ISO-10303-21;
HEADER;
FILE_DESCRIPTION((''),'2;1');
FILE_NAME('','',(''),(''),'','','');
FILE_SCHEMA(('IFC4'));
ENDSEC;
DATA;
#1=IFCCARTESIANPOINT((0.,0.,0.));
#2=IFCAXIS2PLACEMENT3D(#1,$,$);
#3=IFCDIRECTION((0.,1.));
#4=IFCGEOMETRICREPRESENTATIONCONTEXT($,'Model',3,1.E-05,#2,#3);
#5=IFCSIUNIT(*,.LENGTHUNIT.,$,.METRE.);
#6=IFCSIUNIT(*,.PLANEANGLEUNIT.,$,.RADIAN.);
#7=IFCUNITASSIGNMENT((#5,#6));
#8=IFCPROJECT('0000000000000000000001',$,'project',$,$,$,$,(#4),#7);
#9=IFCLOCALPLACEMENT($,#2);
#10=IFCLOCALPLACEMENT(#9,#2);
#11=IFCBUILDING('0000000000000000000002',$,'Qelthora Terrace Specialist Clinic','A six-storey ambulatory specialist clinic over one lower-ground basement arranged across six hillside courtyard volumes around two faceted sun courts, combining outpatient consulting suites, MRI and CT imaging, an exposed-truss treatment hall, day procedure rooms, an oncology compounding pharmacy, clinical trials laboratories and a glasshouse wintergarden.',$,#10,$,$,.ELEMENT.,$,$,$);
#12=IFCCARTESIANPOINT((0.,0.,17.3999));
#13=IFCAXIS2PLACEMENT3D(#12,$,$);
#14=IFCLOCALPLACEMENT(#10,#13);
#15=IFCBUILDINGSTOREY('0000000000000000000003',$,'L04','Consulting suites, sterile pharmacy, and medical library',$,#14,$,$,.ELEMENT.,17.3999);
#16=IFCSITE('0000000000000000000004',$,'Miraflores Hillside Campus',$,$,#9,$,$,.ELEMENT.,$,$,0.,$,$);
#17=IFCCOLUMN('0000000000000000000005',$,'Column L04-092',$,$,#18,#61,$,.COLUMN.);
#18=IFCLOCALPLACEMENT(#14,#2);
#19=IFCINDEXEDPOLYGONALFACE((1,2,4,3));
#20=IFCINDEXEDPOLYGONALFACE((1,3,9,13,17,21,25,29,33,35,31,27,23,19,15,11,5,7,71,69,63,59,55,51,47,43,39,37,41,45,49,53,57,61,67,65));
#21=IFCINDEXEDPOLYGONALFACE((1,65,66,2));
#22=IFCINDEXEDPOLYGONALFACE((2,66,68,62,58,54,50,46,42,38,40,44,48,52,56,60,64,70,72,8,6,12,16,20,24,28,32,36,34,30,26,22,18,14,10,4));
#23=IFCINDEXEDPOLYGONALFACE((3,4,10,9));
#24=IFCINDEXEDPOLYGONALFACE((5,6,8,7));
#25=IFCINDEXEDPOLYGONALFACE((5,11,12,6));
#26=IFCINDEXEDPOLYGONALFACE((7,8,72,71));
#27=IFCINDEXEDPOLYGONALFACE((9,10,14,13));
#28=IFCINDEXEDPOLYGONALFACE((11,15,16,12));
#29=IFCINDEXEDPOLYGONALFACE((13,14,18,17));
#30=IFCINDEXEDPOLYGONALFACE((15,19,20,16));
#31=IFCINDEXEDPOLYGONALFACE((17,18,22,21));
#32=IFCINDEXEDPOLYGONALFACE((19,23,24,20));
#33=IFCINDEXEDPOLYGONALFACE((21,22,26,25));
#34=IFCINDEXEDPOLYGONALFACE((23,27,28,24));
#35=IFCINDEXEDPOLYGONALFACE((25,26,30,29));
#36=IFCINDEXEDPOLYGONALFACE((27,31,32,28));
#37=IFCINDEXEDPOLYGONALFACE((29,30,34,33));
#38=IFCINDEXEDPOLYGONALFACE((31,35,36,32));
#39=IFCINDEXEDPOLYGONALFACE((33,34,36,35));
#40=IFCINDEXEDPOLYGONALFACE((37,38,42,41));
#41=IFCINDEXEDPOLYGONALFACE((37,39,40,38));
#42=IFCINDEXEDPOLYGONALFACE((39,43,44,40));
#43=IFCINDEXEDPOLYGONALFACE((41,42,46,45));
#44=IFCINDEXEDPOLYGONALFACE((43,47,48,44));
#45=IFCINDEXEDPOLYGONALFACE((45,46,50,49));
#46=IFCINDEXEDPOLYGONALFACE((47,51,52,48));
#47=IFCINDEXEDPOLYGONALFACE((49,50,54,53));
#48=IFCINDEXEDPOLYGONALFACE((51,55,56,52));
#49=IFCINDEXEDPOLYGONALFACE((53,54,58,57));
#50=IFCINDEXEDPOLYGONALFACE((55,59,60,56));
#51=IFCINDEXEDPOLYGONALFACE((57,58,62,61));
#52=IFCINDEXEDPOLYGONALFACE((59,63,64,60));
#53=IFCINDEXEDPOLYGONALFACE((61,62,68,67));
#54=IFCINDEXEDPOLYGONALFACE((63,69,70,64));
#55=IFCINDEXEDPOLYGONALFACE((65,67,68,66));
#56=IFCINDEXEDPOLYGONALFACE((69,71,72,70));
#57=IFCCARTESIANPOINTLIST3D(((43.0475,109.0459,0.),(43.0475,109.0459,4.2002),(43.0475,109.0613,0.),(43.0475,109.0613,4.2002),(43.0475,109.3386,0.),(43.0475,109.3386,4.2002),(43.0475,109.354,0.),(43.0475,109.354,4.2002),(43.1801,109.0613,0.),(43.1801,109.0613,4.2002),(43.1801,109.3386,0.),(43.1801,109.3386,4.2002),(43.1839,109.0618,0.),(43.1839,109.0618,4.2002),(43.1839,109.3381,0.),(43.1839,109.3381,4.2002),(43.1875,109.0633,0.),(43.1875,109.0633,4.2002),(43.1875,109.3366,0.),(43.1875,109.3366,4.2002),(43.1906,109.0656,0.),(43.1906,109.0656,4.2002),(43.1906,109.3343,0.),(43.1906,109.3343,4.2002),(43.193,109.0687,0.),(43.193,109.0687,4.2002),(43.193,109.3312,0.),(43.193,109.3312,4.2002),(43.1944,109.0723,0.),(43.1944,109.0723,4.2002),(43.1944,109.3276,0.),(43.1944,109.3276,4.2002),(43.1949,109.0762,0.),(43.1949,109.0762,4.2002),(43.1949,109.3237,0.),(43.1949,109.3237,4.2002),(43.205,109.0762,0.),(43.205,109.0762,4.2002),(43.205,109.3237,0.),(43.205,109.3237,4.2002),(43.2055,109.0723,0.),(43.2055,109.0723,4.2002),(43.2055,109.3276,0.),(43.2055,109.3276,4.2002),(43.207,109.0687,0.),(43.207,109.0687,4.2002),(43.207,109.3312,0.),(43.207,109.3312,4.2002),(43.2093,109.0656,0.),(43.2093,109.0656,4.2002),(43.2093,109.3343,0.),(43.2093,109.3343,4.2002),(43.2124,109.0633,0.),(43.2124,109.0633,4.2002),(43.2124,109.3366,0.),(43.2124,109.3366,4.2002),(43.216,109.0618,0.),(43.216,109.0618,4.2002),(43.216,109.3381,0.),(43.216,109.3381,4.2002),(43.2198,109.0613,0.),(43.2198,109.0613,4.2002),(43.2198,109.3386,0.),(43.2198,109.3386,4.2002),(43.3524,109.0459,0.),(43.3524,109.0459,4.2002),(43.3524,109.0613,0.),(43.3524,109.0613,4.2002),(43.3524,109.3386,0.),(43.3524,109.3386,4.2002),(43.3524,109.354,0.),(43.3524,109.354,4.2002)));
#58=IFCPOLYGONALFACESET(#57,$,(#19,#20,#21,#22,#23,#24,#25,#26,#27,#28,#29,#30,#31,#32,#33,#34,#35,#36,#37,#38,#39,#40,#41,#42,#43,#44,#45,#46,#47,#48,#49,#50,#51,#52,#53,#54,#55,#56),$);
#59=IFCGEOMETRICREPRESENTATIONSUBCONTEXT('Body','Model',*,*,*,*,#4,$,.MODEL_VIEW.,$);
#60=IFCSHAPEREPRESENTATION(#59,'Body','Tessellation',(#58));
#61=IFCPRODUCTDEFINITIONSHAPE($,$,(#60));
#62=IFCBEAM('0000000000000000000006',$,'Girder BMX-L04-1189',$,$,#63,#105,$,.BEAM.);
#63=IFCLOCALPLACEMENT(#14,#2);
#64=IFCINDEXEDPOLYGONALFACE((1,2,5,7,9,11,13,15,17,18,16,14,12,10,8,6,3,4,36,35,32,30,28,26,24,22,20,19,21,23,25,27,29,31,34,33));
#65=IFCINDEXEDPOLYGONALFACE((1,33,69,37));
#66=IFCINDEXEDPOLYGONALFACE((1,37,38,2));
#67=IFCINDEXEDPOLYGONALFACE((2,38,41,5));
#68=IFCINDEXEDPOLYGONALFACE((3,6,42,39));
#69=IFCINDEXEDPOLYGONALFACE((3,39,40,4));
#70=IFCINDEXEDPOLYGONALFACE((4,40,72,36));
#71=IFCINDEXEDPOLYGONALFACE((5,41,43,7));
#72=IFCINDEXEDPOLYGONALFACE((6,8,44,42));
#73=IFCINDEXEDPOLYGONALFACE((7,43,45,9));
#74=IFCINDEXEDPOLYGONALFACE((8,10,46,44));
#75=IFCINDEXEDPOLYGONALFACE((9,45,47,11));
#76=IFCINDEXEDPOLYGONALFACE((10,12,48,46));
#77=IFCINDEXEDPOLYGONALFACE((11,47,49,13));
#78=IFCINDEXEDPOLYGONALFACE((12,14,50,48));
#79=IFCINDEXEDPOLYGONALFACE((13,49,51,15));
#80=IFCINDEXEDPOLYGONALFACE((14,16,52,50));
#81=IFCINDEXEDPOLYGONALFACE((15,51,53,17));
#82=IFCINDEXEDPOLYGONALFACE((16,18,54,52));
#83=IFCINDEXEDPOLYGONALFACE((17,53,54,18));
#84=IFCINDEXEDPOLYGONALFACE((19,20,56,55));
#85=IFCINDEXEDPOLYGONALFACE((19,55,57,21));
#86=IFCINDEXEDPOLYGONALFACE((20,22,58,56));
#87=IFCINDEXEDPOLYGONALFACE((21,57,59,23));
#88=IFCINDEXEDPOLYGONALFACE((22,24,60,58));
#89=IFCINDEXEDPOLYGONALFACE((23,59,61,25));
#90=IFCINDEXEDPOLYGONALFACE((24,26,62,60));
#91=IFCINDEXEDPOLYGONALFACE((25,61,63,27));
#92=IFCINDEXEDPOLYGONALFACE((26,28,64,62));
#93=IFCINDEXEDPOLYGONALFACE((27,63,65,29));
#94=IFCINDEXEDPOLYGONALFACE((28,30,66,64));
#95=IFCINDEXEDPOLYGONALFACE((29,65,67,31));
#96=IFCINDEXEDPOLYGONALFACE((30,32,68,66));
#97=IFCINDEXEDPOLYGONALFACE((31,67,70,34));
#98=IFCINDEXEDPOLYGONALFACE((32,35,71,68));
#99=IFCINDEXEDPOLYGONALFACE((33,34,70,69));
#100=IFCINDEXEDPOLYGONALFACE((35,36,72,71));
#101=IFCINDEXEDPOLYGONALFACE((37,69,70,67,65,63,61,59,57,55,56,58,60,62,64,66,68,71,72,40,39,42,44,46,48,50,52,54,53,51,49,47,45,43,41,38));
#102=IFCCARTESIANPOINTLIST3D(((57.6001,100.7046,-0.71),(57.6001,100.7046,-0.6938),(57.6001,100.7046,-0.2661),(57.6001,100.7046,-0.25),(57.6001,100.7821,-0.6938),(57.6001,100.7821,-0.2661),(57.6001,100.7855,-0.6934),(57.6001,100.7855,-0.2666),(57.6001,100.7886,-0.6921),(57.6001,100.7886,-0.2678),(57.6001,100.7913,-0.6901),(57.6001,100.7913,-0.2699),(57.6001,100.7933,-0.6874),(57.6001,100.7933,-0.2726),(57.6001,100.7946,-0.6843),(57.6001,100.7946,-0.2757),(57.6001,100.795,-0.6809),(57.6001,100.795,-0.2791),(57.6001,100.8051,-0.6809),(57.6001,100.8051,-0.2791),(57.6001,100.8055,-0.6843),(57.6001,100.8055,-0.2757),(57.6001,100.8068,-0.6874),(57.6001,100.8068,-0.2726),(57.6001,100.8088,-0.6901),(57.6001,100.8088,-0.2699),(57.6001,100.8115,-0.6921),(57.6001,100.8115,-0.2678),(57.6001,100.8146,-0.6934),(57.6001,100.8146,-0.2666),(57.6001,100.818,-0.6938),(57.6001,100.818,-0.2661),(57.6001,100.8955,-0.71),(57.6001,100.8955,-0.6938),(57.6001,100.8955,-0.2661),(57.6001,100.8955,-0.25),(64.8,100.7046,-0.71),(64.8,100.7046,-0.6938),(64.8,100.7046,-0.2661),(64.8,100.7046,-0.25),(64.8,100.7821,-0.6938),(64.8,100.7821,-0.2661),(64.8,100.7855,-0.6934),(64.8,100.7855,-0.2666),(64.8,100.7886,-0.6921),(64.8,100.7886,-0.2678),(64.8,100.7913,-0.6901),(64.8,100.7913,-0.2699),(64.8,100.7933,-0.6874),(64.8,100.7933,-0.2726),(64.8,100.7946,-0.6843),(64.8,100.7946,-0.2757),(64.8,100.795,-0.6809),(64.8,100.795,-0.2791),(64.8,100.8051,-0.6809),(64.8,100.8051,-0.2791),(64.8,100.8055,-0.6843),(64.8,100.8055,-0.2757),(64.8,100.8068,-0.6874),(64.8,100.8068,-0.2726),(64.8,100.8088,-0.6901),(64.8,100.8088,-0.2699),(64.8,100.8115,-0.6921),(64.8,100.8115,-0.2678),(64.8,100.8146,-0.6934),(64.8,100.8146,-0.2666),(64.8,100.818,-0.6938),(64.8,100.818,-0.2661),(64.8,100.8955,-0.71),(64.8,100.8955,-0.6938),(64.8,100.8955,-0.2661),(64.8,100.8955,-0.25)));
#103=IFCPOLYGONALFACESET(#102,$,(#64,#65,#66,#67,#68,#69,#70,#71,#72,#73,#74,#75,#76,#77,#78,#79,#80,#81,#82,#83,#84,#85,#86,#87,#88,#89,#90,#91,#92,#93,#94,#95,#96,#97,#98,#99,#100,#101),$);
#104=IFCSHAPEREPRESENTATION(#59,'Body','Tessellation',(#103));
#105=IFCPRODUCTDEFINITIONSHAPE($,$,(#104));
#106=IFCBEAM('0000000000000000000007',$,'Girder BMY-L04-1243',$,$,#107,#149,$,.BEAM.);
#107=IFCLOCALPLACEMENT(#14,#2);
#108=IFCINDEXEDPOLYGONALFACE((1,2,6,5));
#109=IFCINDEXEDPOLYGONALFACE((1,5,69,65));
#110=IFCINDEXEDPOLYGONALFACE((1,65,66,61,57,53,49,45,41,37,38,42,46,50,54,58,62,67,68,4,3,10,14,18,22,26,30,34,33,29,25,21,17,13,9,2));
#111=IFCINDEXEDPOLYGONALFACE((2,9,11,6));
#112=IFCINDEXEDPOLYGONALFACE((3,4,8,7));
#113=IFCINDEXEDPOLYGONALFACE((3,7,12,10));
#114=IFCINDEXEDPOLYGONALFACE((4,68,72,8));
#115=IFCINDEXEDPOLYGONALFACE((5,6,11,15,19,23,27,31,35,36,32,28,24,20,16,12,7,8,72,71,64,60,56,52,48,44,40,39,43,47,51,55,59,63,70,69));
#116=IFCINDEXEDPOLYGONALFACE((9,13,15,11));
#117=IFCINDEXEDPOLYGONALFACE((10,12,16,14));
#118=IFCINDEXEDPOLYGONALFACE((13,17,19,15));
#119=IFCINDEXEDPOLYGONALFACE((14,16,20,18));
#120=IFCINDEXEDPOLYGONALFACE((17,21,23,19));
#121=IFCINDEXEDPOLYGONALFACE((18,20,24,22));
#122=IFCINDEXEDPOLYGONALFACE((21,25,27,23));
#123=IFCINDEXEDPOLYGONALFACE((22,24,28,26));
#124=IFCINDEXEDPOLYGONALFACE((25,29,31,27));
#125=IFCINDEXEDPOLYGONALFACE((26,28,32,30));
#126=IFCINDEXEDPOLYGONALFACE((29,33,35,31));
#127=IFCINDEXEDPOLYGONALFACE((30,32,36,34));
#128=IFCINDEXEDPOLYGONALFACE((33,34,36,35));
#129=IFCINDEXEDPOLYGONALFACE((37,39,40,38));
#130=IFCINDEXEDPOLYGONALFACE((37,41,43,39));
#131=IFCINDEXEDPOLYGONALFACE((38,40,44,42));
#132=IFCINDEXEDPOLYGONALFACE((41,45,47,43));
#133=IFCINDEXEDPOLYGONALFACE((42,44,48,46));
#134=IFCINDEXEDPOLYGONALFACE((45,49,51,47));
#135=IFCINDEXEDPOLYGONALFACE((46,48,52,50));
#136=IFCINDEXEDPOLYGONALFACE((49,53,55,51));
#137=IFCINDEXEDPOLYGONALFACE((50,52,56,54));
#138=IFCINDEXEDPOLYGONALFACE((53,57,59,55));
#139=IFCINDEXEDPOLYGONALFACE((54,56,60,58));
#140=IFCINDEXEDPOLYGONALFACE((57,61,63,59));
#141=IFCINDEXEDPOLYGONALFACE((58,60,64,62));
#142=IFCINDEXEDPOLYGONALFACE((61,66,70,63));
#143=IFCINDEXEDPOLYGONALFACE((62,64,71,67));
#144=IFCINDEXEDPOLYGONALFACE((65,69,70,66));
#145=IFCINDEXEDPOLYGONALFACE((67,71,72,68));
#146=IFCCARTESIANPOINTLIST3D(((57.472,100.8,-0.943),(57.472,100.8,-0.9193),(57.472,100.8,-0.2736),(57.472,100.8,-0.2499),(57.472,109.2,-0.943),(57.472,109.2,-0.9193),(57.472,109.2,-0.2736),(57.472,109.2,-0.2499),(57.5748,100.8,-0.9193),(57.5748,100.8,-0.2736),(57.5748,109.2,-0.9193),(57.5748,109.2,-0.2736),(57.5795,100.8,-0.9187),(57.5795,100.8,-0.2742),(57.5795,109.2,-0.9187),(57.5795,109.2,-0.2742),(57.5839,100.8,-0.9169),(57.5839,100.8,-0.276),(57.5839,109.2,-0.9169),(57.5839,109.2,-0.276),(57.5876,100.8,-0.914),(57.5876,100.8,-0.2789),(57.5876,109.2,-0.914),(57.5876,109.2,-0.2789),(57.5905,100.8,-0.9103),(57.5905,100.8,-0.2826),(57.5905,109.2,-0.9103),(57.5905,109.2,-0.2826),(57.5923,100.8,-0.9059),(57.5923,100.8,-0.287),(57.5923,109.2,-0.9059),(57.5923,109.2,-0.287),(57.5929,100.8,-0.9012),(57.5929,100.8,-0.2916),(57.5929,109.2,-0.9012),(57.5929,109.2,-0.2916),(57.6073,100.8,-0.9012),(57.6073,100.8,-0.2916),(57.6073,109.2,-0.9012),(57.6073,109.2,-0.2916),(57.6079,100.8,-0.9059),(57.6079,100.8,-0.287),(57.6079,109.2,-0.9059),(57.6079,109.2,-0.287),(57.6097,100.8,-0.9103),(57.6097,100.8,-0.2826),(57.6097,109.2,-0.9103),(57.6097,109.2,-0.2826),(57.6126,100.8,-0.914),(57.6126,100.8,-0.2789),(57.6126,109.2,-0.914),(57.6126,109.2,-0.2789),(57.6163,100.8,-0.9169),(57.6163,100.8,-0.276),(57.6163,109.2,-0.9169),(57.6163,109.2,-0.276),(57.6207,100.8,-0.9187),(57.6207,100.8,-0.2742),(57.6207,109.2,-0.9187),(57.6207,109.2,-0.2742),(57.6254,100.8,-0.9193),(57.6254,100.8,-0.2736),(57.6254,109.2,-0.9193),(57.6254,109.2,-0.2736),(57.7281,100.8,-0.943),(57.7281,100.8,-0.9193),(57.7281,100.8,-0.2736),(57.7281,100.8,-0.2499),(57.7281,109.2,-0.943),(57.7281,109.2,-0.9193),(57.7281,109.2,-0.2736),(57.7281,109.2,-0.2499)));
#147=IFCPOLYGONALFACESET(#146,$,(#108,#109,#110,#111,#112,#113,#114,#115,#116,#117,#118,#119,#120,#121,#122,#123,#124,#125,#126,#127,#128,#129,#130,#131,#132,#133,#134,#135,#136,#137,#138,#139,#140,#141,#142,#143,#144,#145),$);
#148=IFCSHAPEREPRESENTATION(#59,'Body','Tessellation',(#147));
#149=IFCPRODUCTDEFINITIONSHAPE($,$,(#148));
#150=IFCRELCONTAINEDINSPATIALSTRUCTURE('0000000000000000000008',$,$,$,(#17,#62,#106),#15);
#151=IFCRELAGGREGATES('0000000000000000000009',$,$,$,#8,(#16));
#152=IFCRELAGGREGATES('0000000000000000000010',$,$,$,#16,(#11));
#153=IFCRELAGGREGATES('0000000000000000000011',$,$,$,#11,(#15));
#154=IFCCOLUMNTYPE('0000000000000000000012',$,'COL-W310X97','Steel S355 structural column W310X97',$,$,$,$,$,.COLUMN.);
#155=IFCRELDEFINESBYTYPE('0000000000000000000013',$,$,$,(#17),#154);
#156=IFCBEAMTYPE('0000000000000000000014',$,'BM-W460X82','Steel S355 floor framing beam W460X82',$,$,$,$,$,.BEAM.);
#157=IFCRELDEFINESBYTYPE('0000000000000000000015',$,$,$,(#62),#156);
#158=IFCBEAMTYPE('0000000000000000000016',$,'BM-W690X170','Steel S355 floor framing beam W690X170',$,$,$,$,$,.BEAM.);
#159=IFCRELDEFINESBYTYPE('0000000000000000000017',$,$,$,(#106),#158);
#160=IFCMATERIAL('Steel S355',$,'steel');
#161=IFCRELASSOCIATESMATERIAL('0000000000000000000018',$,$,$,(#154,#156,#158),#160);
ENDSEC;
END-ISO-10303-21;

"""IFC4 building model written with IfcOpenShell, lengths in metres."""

from ifc_helpers import new_model, si_unit, direction, frame, origin, origin_2d, place, context, subcontext, project, spatial, i_section, extrude, material, material_profile, profile_set, type_object, element, save


model = new_model("IFC4")

# Units and contexts
model_context = context("Model", 3, precision=1e-05, world=origin(), true_north=direction((0.0, 1.0)))
body_context = subcontext(model_context, "Body", "Model", "MODEL_VIEW")
ifc_project = project(units=[si_unit("LENGTHUNIT", "METRE"), si_unit("PLANEANGLEUNIT", "RADIAN")], contexts=[model_context])

# Site, building, storey
site_placement = place(None, origin())
site = spatial("IfcSite", under=ifc_project, at=site_placement, Name="Miraflores Hillside Campus", CompositionType="ELEMENT", RefElevation=0.0)
building_placement = place(site_placement, origin())
building = spatial("IfcBuilding", under=site, at=building_placement, Name="Qelthora Terrace Specialist Clinic", Description="A six-storey ambulatory specialist clinic over one lower-ground basement arranged across six hillside courtyard volumes around two faceted sun courts, combining outpatient consulting suites, MRI and CT imaging, an exposed-truss treatment hall, day procedure rooms, an oncology compounding pharmacy, clinical trials laboratories and a glasshouse wintergarden.", CompositionType="ELEMENT")
storey_placement = place(building_placement, frame((0.0, 0.0, 17.3999)))
storey = spatial("IfcBuildingStorey", under=building, at=storey_placement, Name="L04", Description="Consulting suites, sterile pharmacy, and medical library", CompositionType="ELEMENT", Elevation=17.3999)

# Column
ifc_material_1 = material(Name="Steel S355", Category="steel")
ifc_material_profile_1 = material_profile(ifc_material_1, i_section(OverallWidth=0.3049, OverallDepth=0.3081, WebThickness=0.01, FlangeThickness=0.0154, FilletRadius=0.0149, at=origin_2d()), Name="W310X97")
ifc_profile_set_1 = profile_set([ifc_material_profile_1], Name="Steel S355")
column_type_1 = type_object("IfcColumnType", Name="COL-W310X97", Description="Steel S355 structural column W310X97", PredefinedType="COLUMN", material=ifc_profile_set_1)
column_1_placement = place(storey_placement, frame((43.2, 109.2, 0.0), z_axis=(0.0, 0.0, 1.0), x_axis=(1.0, 0.0, 0.0)))
element("IfcColumn", 1, at=column_1_placement, inside=storey, type_object=column_type_1, Name="Column L04-092", PredefinedType="COLUMN", context=body_context, shape_type="SweptSolid", body=[
    extrude(i_section(OverallWidth=0.3049, OverallDepth=0.3081, WebThickness=0.01, FlangeThickness=0.0154, FilletRadius=0.0149, at=origin_2d()), origin(), (0.0, 0.0, 1.0), 4.2002),
])

# Beams
ifc_material_profile_2 = material_profile(ifc_material_1, i_section(OverallWidth=0.1909, OverallDepth=0.46, WebThickness=0.01, FlangeThickness=0.0161, FilletRadius=0.0129, at=origin_2d()), Name="W460X82")
ifc_profile_set_2 = profile_set([ifc_material_profile_2], Name="Steel S355")
beam_type_1 = type_object("IfcBeamType", Name="BM-W460X82", Description="Steel S355 floor framing beam W460X82", PredefinedType="BEAM", material=ifc_profile_set_2)
beam_1_placement = place(storey_placement, frame((57.6001, 100.8, -0.48), z_axis=(1.0, 0.0, 0.0), x_axis=(0.0, 1.0, 0.0)))
element("IfcBeam", 2, at=beam_1_placement, inside=storey, type_object=beam_type_1, Name="Girder BMX-L04-1189", PredefinedType="BEAM", context=body_context, shape_type="SweptSolid", body=[
    extrude(i_section(OverallWidth=0.1909, OverallDepth=0.46, WebThickness=0.01, FlangeThickness=0.0161, FilletRadius=0.0129, at=origin_2d()), origin(), (0.0, 0.0, 1.0), 7.2),
])
ifc_material_profile_3 = material_profile(ifc_material_1, i_section(OverallWidth=0.2561, OverallDepth=0.6931, WebThickness=0.0144, FlangeThickness=0.0237, FilletRadius=0.0181, at=origin_2d()), Name="W690X170")
ifc_profile_set_3 = profile_set([ifc_material_profile_3], Name="Steel S355")
beam_type_2 = type_object("IfcBeamType", Name="BM-W690X170", Description="Steel S355 floor framing beam W690X170", PredefinedType="BEAM", material=ifc_profile_set_3)
beam_2_placement = place(storey_placement, frame((57.6001, 100.8, -0.5964), z_axis=(0.0, 1.0, 0.0), x_axis=(-1.0, 0.0, 0.0)))
element("IfcBeam", 3, at=beam_2_placement, inside=storey, type_object=beam_type_2, Name="Girder BMY-L04-1243", PredefinedType="BEAM", context=body_context, shape_type="SweptSolid", body=[
    extrude(i_section(OverallWidth=0.2561, OverallDepth=0.6931, WebThickness=0.0144, FlangeThickness=0.0237, FilletRadius=0.0181, at=origin_2d()), origin(), (0.0, 0.0, 1.0), 8.3999),
])

save(model, "model.ifc")
